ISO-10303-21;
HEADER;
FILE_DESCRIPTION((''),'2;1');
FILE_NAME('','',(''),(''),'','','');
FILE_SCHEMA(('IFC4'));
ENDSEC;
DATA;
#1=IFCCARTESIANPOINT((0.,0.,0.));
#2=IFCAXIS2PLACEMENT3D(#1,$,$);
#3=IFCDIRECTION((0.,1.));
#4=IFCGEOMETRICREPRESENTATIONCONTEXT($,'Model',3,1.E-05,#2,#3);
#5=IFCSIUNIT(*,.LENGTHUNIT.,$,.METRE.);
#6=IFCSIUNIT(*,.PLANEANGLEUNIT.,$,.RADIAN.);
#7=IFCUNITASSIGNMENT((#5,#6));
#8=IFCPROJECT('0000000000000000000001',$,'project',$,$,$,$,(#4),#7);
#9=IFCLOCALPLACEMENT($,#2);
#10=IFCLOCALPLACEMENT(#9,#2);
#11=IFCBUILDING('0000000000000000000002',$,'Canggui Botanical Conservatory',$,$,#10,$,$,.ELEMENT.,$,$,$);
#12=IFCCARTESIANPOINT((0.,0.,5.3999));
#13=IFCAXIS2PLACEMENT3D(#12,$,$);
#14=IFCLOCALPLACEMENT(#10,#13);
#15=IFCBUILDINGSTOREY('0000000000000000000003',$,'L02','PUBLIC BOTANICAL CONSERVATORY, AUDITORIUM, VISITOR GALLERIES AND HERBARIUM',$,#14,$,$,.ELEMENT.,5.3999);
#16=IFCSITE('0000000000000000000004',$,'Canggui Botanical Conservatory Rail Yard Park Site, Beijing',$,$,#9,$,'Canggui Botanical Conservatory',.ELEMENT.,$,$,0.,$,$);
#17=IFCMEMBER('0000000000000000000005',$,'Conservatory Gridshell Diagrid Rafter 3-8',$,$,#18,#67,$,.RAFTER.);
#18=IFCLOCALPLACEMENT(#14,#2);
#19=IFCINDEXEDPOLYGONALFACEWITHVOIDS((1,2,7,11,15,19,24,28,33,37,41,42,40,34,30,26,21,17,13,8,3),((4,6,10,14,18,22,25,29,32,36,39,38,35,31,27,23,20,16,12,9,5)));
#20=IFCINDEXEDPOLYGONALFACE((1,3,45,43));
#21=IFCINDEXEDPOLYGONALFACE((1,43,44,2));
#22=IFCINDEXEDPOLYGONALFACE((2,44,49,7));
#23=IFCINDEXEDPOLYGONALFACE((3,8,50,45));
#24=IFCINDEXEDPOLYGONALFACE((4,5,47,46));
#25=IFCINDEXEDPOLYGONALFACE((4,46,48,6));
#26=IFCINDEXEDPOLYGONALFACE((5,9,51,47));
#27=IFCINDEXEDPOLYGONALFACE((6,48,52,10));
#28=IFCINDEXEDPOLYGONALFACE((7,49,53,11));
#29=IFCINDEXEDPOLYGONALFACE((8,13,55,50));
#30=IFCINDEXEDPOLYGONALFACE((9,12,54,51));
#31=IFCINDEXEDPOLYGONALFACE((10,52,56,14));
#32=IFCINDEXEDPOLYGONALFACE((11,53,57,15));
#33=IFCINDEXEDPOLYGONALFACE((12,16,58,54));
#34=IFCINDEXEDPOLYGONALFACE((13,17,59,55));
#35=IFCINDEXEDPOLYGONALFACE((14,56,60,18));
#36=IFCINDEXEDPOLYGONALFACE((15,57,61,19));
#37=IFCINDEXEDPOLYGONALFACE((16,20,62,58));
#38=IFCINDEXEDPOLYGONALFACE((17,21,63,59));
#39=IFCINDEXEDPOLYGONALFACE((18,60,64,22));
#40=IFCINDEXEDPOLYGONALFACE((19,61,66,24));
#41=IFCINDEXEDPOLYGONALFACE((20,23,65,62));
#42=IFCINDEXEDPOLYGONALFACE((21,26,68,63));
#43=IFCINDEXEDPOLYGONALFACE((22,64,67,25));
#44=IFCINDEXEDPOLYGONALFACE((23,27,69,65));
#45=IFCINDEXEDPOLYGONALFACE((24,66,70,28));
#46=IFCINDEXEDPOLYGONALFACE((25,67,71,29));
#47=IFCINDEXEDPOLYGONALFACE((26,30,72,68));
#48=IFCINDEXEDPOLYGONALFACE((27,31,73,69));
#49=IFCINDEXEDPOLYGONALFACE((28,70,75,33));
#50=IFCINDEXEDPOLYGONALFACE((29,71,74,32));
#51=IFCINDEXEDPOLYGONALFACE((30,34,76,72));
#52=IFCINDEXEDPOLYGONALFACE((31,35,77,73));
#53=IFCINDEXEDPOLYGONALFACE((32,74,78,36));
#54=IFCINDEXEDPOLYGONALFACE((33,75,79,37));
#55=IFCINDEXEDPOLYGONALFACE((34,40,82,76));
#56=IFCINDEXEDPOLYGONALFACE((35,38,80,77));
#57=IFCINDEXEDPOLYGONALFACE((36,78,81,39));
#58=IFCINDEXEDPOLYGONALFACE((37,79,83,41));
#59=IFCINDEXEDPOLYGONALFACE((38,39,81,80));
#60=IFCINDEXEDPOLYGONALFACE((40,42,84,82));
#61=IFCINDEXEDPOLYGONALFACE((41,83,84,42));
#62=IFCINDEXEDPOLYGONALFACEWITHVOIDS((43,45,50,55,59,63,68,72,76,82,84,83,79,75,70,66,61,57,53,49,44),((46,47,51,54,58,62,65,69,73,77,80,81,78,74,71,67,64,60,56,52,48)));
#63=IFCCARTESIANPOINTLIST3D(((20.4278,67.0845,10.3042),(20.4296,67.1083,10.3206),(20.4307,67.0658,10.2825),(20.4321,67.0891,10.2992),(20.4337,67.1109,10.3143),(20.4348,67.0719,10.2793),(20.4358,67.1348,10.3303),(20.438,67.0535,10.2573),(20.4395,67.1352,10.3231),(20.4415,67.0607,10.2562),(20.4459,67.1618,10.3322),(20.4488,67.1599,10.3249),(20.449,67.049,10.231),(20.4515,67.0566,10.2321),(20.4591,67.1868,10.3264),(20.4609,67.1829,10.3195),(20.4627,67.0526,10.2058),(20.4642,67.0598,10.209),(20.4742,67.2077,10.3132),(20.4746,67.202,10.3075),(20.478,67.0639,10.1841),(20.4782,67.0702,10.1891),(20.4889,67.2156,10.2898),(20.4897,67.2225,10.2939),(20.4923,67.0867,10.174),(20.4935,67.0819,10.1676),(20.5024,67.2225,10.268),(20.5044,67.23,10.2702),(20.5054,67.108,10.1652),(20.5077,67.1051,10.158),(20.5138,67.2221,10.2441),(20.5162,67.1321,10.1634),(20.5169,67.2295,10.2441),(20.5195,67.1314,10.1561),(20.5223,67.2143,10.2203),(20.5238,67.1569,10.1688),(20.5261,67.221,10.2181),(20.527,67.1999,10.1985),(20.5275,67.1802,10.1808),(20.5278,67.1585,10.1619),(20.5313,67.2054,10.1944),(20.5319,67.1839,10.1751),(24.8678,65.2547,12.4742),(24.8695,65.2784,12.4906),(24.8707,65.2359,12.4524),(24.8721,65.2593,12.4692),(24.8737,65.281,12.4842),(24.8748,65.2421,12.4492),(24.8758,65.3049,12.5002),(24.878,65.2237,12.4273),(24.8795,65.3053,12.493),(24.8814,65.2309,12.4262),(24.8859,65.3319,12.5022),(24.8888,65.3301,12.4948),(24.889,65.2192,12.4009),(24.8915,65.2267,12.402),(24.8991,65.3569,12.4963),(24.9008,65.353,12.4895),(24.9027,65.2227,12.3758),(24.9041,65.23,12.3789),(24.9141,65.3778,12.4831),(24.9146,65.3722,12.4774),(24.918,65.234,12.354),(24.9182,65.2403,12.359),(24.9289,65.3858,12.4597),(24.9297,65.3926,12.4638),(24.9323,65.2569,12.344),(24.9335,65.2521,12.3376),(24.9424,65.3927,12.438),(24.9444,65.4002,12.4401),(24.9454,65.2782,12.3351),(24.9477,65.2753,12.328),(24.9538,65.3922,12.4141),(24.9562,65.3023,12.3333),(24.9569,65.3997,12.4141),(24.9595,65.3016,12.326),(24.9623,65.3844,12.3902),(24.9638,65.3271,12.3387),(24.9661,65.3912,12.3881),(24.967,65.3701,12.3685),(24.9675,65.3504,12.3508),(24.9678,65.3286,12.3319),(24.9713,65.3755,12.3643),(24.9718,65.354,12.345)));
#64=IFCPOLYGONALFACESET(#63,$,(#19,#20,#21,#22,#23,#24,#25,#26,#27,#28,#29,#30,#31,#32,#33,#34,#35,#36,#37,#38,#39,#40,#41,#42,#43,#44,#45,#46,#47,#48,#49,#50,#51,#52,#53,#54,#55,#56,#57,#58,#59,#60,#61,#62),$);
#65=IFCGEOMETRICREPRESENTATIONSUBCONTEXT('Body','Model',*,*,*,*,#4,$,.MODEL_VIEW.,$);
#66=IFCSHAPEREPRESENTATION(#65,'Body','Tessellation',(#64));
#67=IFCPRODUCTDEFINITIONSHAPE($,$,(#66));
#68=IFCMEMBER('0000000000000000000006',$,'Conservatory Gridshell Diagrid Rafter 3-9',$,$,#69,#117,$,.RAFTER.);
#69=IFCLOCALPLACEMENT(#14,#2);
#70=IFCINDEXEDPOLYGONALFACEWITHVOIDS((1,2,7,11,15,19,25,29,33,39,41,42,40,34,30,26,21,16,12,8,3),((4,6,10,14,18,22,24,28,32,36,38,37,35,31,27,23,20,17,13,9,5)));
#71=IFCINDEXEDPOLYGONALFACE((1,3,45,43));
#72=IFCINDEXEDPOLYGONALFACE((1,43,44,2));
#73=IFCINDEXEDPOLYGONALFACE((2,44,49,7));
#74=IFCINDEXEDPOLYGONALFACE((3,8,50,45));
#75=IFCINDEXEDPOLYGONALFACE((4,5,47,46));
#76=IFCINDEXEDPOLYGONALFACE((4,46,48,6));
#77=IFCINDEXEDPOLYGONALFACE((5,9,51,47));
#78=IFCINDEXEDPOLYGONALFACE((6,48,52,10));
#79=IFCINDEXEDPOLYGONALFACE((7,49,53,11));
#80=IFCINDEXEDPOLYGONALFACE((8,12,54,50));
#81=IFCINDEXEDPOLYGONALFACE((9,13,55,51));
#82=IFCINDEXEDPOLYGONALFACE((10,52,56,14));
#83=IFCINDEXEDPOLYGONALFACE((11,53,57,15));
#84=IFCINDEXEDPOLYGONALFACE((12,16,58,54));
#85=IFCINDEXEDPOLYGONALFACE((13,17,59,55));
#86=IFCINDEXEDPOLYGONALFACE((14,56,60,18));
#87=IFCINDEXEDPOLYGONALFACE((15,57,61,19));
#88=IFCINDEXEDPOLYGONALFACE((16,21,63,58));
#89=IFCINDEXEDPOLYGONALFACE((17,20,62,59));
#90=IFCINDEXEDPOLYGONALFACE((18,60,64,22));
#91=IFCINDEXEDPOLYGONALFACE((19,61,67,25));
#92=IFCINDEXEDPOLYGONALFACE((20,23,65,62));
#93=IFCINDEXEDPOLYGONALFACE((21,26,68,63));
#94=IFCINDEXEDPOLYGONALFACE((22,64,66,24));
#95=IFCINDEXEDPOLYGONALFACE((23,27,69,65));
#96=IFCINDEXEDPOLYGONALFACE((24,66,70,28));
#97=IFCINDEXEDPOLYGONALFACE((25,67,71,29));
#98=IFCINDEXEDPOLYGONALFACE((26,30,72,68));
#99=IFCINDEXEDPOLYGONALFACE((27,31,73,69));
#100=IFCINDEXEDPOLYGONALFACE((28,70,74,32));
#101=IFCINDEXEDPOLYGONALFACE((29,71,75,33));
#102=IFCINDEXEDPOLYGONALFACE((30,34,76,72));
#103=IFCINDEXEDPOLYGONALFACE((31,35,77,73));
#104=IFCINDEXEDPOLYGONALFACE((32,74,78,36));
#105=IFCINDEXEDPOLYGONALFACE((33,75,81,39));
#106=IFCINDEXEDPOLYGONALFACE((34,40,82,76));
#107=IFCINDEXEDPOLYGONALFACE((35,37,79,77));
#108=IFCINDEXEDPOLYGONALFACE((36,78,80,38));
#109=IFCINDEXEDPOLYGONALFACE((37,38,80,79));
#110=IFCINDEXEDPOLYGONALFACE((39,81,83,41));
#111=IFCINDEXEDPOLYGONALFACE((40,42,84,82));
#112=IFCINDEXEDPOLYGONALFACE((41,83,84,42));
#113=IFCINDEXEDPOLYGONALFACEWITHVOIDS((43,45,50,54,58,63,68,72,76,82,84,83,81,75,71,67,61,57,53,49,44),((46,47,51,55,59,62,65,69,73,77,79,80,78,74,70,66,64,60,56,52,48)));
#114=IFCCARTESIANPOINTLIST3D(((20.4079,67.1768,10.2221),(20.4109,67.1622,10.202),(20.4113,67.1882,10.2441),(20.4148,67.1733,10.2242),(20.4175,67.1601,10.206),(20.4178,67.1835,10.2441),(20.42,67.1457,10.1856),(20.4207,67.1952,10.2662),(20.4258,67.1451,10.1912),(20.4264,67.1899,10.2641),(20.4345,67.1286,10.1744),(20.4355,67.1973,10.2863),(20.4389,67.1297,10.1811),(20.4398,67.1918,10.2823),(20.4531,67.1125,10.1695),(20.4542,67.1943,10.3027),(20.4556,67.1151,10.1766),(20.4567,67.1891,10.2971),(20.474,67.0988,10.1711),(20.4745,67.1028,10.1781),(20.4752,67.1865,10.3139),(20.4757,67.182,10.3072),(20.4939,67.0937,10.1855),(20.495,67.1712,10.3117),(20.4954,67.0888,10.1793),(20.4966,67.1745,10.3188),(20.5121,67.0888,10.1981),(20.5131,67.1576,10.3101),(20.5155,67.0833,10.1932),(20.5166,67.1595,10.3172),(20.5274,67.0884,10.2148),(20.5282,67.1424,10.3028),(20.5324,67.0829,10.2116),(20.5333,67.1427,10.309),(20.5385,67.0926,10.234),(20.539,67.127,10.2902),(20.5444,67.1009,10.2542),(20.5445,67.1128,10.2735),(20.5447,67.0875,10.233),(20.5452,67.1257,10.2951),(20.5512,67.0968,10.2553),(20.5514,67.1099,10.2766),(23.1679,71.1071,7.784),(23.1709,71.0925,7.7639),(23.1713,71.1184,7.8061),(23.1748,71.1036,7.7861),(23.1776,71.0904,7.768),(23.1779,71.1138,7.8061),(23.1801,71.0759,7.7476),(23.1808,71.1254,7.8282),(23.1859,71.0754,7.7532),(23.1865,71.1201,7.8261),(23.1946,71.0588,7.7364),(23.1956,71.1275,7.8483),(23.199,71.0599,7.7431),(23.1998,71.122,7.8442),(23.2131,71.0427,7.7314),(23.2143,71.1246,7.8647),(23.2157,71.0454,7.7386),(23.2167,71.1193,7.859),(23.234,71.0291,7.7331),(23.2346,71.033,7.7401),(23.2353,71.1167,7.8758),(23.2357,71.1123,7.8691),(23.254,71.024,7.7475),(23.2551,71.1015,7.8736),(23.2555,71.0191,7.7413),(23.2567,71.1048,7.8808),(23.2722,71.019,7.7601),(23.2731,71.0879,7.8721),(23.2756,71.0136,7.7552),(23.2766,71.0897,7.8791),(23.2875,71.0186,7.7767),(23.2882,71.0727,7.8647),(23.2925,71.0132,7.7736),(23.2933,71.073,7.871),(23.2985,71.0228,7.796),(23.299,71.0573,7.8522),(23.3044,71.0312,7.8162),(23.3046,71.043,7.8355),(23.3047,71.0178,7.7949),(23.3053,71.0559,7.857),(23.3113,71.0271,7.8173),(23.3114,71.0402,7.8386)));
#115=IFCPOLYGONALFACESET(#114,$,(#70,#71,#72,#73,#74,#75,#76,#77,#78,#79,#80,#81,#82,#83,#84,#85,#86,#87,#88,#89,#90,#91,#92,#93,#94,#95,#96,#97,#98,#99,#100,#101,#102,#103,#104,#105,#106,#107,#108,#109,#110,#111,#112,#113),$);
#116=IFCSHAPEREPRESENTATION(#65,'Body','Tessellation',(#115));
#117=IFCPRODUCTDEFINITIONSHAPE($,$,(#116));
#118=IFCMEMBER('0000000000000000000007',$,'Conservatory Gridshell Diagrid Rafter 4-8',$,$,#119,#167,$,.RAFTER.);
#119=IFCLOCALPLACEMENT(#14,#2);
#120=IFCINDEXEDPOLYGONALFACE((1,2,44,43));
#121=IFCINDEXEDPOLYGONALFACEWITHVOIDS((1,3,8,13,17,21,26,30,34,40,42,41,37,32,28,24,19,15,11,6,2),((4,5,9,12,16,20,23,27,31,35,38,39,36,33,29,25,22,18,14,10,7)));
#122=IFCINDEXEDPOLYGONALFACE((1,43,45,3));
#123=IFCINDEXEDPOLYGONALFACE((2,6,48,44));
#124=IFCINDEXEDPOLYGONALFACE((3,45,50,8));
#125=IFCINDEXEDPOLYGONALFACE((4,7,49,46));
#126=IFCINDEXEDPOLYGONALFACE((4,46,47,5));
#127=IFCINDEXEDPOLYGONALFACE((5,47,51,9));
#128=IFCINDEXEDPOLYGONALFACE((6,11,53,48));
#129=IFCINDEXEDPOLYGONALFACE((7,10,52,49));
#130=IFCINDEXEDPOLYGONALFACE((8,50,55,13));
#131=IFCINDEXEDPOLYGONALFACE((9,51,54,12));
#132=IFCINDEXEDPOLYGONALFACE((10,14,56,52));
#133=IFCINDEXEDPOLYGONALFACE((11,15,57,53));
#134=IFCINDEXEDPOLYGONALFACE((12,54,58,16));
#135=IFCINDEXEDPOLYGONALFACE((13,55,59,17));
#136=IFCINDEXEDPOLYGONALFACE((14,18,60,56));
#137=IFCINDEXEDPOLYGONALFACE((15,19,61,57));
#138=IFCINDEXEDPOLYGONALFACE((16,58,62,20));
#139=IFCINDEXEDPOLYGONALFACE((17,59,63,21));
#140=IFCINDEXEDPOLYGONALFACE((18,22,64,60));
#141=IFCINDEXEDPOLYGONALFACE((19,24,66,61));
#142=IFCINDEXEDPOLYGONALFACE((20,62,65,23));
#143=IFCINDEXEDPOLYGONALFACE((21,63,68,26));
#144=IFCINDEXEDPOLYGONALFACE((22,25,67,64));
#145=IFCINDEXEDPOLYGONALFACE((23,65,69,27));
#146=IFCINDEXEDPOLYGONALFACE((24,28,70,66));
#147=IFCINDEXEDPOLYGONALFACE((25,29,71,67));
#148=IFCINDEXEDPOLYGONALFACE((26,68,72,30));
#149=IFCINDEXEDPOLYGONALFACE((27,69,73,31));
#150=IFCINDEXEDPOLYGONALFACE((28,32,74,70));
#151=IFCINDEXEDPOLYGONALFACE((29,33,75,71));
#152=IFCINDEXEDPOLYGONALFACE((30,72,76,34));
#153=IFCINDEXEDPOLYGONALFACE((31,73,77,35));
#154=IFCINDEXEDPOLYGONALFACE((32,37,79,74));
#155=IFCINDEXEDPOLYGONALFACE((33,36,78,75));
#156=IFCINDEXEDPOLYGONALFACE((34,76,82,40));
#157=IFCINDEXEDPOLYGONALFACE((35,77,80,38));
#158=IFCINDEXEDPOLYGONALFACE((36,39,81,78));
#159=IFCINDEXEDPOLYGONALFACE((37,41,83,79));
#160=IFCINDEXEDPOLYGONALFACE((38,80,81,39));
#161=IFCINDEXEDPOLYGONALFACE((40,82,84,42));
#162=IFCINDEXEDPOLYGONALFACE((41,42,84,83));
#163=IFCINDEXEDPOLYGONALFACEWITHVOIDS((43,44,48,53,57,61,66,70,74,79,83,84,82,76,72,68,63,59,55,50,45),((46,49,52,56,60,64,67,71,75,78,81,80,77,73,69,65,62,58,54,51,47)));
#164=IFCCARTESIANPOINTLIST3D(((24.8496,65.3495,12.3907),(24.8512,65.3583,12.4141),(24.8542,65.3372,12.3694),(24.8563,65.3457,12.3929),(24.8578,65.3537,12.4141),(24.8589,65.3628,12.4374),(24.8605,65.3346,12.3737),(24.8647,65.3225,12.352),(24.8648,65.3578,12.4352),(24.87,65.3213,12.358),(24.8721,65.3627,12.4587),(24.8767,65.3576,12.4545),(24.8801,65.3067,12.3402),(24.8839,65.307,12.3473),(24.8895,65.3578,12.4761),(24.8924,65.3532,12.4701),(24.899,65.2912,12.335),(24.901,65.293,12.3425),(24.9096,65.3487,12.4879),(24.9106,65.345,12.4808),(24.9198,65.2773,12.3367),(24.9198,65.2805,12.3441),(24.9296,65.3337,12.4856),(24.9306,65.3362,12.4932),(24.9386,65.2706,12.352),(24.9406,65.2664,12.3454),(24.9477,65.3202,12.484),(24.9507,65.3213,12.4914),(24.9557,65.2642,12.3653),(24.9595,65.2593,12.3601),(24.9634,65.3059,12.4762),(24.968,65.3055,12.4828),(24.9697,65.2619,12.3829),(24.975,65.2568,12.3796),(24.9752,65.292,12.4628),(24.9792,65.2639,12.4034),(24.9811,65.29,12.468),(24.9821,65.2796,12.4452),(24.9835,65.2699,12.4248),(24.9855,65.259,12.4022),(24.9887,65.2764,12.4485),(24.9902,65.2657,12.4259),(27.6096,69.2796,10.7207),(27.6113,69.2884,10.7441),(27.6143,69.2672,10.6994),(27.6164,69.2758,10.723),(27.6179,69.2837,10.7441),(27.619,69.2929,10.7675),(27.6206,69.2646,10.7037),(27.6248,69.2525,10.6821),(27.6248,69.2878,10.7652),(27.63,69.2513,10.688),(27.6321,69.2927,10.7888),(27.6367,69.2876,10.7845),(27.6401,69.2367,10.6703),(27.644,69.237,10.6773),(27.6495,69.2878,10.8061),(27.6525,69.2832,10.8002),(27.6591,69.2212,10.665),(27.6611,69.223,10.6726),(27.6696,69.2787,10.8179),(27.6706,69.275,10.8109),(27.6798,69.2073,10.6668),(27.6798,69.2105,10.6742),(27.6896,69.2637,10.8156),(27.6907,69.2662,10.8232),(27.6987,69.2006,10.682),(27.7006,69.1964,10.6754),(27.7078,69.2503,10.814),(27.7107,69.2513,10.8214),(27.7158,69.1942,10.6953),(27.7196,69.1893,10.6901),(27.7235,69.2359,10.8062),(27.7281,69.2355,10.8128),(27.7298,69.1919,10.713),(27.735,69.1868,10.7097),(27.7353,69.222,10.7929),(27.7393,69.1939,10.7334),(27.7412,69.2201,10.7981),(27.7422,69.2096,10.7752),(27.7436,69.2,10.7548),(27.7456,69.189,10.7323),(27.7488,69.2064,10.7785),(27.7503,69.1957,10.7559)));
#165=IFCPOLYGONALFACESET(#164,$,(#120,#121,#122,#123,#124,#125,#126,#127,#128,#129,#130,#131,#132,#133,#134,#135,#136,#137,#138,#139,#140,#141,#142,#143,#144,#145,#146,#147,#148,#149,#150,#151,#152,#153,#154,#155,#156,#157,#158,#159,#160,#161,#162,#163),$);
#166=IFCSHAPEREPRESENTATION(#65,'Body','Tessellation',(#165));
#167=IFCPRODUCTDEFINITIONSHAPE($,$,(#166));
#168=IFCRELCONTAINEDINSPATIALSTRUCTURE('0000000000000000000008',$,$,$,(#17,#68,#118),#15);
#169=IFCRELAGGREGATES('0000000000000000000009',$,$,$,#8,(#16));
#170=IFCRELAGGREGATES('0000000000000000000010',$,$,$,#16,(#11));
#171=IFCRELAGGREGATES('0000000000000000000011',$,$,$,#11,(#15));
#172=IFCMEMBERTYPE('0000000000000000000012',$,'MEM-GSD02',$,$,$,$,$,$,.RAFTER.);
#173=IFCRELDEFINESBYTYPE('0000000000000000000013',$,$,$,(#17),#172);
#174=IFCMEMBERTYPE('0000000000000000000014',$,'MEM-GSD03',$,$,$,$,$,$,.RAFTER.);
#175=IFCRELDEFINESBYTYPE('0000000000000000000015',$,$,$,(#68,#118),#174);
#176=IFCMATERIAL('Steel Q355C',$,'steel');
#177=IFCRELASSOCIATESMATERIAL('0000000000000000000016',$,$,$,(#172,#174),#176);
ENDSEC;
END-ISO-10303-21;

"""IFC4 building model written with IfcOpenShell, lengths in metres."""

from ifc_helpers import new_model, si_unit, direction, frame, origin, origin_2d, place, context, subcontext, project, spatial, hollow_circle, extrude, material, material_profile, profile_set, type_object, element, save


model = new_model("IFC4")

# Units and contexts
model_context = context("Model", 3, precision=1e-05, world=origin(), true_north=direction((0.0, 1.0)))
body_context = subcontext(model_context, "Body", "Model", "MODEL_VIEW")
ifc_project = project(units=[si_unit("LENGTHUNIT", "METRE"), si_unit("PLANEANGLEUNIT", "RADIAN")], contexts=[model_context])

# Site, building, storey
site_placement = place(None, origin())
site = spatial("IfcSite", under=ifc_project, at=site_placement, Name="Canggui Botanical Conservatory Rail Yard Park Site, Beijing", LongName="Canggui Botanical Conservatory", CompositionType="ELEMENT", RefElevation=0.0)
building_placement = place(site_placement, origin())
building = spatial("IfcBuilding", under=site, at=building_placement, Name="Canggui Botanical Conservatory", CompositionType="ELEMENT")
storey_placement = place(building_placement, frame((0.0, 0.0, 5.3999)))
storey = spatial("IfcBuildingStorey", under=building, at=storey_placement, Name="L02", Description="PUBLIC BOTANICAL CONSERVATORY, AUDITORIUM, VISITOR GALLERIES AND HERBARIUM", CompositionType="ELEMENT", Elevation=5.3999)

# Shared definitions
ifc_material_1 = material(Name="Steel Q355C", Category="steel")

# Members
ifc_material_profile_1 = material_profile(ifc_material_1, hollow_circle(Radius=0.0969, WallThickness=0.0081, at=origin_2d()), Name="CHS 194x8")
ifc_profile_set_1 = profile_set([ifc_material_profile_1], Name="Steel Q355C")
member_type_1 = type_object("IfcMemberType", Name="MEM-GSD02", PredefinedType="RAFTER", material=ifc_profile_set_1)
member_1_placement = place(storey_placement, frame((20.48, 67.1399, 10.2441), z_axis=(0.842539, -0.347236, 0.411772), x_axis=(0.381039, 0.924559, 0.0)))
element("IfcMember", 1, at=member_1_placement, inside=storey, type_object=member_type_1, Name="Conservatory Gridshell Diagrid Rafter 3-8", PredefinedType="RAFTER", context=body_context, shape_type="SweptSolid", body=[
    extrude(hollow_circle(Radius=0.0969, WallThickness=0.0081, at=origin_2d()), origin(), (0.0, 0.0, 1.0), 5.2698),
])
ifc_material_profile_2 = material_profile(ifc_material_1, hollow_circle(Radius=0.084, WallThickness=0.0081, at=origin_2d()), Name="CHS 168x8")
ifc_profile_set_2 = profile_set([ifc_material_profile_2], Name="Steel Q355C")
member_type_2 = type_object("IfcMemberType", Name="MEM-GSD03", PredefinedType="RAFTER", material=ifc_profile_set_2)
member_2_placement = place(storey_placement, frame((20.48, 67.1399, 10.2441), z_axis=(0.512453, 0.729718, -0.452663), x_axis=(-0.818362, 0.574704, 0.0)))
element("IfcMember", 2, at=member_2_placement, inside=storey, type_object=member_type_2, Name="Conservatory Gridshell Diagrid Rafter 3-9", PredefinedType="RAFTER", context=body_context, shape_type="SweptSolid", body=[
    extrude(hollow_circle(Radius=0.084, WallThickness=0.0081, at=origin_2d()), origin(), (0.0, 0.0, 1.0), 5.386),
])
member_3_placement = place(storey_placement, frame((24.9199, 65.3101, 12.4141), z_axis=(0.542844, 0.772946, -0.328443), x_axis=(-0.818345, 0.574728, 0.0)))
element("IfcMember", 3, at=member_3_placement, inside=storey, type_object=member_type_2, Name="Conservatory Gridshell Diagrid Rafter 4-8", PredefinedType="RAFTER", context=body_context, shape_type="SweptSolid", body=[
    extrude(hollow_circle(Radius=0.084, WallThickness=0.0081, at=origin_2d()), origin(), (0.0, 0.0, 1.0), 5.0845),
])

save(model, "model.ifc")
